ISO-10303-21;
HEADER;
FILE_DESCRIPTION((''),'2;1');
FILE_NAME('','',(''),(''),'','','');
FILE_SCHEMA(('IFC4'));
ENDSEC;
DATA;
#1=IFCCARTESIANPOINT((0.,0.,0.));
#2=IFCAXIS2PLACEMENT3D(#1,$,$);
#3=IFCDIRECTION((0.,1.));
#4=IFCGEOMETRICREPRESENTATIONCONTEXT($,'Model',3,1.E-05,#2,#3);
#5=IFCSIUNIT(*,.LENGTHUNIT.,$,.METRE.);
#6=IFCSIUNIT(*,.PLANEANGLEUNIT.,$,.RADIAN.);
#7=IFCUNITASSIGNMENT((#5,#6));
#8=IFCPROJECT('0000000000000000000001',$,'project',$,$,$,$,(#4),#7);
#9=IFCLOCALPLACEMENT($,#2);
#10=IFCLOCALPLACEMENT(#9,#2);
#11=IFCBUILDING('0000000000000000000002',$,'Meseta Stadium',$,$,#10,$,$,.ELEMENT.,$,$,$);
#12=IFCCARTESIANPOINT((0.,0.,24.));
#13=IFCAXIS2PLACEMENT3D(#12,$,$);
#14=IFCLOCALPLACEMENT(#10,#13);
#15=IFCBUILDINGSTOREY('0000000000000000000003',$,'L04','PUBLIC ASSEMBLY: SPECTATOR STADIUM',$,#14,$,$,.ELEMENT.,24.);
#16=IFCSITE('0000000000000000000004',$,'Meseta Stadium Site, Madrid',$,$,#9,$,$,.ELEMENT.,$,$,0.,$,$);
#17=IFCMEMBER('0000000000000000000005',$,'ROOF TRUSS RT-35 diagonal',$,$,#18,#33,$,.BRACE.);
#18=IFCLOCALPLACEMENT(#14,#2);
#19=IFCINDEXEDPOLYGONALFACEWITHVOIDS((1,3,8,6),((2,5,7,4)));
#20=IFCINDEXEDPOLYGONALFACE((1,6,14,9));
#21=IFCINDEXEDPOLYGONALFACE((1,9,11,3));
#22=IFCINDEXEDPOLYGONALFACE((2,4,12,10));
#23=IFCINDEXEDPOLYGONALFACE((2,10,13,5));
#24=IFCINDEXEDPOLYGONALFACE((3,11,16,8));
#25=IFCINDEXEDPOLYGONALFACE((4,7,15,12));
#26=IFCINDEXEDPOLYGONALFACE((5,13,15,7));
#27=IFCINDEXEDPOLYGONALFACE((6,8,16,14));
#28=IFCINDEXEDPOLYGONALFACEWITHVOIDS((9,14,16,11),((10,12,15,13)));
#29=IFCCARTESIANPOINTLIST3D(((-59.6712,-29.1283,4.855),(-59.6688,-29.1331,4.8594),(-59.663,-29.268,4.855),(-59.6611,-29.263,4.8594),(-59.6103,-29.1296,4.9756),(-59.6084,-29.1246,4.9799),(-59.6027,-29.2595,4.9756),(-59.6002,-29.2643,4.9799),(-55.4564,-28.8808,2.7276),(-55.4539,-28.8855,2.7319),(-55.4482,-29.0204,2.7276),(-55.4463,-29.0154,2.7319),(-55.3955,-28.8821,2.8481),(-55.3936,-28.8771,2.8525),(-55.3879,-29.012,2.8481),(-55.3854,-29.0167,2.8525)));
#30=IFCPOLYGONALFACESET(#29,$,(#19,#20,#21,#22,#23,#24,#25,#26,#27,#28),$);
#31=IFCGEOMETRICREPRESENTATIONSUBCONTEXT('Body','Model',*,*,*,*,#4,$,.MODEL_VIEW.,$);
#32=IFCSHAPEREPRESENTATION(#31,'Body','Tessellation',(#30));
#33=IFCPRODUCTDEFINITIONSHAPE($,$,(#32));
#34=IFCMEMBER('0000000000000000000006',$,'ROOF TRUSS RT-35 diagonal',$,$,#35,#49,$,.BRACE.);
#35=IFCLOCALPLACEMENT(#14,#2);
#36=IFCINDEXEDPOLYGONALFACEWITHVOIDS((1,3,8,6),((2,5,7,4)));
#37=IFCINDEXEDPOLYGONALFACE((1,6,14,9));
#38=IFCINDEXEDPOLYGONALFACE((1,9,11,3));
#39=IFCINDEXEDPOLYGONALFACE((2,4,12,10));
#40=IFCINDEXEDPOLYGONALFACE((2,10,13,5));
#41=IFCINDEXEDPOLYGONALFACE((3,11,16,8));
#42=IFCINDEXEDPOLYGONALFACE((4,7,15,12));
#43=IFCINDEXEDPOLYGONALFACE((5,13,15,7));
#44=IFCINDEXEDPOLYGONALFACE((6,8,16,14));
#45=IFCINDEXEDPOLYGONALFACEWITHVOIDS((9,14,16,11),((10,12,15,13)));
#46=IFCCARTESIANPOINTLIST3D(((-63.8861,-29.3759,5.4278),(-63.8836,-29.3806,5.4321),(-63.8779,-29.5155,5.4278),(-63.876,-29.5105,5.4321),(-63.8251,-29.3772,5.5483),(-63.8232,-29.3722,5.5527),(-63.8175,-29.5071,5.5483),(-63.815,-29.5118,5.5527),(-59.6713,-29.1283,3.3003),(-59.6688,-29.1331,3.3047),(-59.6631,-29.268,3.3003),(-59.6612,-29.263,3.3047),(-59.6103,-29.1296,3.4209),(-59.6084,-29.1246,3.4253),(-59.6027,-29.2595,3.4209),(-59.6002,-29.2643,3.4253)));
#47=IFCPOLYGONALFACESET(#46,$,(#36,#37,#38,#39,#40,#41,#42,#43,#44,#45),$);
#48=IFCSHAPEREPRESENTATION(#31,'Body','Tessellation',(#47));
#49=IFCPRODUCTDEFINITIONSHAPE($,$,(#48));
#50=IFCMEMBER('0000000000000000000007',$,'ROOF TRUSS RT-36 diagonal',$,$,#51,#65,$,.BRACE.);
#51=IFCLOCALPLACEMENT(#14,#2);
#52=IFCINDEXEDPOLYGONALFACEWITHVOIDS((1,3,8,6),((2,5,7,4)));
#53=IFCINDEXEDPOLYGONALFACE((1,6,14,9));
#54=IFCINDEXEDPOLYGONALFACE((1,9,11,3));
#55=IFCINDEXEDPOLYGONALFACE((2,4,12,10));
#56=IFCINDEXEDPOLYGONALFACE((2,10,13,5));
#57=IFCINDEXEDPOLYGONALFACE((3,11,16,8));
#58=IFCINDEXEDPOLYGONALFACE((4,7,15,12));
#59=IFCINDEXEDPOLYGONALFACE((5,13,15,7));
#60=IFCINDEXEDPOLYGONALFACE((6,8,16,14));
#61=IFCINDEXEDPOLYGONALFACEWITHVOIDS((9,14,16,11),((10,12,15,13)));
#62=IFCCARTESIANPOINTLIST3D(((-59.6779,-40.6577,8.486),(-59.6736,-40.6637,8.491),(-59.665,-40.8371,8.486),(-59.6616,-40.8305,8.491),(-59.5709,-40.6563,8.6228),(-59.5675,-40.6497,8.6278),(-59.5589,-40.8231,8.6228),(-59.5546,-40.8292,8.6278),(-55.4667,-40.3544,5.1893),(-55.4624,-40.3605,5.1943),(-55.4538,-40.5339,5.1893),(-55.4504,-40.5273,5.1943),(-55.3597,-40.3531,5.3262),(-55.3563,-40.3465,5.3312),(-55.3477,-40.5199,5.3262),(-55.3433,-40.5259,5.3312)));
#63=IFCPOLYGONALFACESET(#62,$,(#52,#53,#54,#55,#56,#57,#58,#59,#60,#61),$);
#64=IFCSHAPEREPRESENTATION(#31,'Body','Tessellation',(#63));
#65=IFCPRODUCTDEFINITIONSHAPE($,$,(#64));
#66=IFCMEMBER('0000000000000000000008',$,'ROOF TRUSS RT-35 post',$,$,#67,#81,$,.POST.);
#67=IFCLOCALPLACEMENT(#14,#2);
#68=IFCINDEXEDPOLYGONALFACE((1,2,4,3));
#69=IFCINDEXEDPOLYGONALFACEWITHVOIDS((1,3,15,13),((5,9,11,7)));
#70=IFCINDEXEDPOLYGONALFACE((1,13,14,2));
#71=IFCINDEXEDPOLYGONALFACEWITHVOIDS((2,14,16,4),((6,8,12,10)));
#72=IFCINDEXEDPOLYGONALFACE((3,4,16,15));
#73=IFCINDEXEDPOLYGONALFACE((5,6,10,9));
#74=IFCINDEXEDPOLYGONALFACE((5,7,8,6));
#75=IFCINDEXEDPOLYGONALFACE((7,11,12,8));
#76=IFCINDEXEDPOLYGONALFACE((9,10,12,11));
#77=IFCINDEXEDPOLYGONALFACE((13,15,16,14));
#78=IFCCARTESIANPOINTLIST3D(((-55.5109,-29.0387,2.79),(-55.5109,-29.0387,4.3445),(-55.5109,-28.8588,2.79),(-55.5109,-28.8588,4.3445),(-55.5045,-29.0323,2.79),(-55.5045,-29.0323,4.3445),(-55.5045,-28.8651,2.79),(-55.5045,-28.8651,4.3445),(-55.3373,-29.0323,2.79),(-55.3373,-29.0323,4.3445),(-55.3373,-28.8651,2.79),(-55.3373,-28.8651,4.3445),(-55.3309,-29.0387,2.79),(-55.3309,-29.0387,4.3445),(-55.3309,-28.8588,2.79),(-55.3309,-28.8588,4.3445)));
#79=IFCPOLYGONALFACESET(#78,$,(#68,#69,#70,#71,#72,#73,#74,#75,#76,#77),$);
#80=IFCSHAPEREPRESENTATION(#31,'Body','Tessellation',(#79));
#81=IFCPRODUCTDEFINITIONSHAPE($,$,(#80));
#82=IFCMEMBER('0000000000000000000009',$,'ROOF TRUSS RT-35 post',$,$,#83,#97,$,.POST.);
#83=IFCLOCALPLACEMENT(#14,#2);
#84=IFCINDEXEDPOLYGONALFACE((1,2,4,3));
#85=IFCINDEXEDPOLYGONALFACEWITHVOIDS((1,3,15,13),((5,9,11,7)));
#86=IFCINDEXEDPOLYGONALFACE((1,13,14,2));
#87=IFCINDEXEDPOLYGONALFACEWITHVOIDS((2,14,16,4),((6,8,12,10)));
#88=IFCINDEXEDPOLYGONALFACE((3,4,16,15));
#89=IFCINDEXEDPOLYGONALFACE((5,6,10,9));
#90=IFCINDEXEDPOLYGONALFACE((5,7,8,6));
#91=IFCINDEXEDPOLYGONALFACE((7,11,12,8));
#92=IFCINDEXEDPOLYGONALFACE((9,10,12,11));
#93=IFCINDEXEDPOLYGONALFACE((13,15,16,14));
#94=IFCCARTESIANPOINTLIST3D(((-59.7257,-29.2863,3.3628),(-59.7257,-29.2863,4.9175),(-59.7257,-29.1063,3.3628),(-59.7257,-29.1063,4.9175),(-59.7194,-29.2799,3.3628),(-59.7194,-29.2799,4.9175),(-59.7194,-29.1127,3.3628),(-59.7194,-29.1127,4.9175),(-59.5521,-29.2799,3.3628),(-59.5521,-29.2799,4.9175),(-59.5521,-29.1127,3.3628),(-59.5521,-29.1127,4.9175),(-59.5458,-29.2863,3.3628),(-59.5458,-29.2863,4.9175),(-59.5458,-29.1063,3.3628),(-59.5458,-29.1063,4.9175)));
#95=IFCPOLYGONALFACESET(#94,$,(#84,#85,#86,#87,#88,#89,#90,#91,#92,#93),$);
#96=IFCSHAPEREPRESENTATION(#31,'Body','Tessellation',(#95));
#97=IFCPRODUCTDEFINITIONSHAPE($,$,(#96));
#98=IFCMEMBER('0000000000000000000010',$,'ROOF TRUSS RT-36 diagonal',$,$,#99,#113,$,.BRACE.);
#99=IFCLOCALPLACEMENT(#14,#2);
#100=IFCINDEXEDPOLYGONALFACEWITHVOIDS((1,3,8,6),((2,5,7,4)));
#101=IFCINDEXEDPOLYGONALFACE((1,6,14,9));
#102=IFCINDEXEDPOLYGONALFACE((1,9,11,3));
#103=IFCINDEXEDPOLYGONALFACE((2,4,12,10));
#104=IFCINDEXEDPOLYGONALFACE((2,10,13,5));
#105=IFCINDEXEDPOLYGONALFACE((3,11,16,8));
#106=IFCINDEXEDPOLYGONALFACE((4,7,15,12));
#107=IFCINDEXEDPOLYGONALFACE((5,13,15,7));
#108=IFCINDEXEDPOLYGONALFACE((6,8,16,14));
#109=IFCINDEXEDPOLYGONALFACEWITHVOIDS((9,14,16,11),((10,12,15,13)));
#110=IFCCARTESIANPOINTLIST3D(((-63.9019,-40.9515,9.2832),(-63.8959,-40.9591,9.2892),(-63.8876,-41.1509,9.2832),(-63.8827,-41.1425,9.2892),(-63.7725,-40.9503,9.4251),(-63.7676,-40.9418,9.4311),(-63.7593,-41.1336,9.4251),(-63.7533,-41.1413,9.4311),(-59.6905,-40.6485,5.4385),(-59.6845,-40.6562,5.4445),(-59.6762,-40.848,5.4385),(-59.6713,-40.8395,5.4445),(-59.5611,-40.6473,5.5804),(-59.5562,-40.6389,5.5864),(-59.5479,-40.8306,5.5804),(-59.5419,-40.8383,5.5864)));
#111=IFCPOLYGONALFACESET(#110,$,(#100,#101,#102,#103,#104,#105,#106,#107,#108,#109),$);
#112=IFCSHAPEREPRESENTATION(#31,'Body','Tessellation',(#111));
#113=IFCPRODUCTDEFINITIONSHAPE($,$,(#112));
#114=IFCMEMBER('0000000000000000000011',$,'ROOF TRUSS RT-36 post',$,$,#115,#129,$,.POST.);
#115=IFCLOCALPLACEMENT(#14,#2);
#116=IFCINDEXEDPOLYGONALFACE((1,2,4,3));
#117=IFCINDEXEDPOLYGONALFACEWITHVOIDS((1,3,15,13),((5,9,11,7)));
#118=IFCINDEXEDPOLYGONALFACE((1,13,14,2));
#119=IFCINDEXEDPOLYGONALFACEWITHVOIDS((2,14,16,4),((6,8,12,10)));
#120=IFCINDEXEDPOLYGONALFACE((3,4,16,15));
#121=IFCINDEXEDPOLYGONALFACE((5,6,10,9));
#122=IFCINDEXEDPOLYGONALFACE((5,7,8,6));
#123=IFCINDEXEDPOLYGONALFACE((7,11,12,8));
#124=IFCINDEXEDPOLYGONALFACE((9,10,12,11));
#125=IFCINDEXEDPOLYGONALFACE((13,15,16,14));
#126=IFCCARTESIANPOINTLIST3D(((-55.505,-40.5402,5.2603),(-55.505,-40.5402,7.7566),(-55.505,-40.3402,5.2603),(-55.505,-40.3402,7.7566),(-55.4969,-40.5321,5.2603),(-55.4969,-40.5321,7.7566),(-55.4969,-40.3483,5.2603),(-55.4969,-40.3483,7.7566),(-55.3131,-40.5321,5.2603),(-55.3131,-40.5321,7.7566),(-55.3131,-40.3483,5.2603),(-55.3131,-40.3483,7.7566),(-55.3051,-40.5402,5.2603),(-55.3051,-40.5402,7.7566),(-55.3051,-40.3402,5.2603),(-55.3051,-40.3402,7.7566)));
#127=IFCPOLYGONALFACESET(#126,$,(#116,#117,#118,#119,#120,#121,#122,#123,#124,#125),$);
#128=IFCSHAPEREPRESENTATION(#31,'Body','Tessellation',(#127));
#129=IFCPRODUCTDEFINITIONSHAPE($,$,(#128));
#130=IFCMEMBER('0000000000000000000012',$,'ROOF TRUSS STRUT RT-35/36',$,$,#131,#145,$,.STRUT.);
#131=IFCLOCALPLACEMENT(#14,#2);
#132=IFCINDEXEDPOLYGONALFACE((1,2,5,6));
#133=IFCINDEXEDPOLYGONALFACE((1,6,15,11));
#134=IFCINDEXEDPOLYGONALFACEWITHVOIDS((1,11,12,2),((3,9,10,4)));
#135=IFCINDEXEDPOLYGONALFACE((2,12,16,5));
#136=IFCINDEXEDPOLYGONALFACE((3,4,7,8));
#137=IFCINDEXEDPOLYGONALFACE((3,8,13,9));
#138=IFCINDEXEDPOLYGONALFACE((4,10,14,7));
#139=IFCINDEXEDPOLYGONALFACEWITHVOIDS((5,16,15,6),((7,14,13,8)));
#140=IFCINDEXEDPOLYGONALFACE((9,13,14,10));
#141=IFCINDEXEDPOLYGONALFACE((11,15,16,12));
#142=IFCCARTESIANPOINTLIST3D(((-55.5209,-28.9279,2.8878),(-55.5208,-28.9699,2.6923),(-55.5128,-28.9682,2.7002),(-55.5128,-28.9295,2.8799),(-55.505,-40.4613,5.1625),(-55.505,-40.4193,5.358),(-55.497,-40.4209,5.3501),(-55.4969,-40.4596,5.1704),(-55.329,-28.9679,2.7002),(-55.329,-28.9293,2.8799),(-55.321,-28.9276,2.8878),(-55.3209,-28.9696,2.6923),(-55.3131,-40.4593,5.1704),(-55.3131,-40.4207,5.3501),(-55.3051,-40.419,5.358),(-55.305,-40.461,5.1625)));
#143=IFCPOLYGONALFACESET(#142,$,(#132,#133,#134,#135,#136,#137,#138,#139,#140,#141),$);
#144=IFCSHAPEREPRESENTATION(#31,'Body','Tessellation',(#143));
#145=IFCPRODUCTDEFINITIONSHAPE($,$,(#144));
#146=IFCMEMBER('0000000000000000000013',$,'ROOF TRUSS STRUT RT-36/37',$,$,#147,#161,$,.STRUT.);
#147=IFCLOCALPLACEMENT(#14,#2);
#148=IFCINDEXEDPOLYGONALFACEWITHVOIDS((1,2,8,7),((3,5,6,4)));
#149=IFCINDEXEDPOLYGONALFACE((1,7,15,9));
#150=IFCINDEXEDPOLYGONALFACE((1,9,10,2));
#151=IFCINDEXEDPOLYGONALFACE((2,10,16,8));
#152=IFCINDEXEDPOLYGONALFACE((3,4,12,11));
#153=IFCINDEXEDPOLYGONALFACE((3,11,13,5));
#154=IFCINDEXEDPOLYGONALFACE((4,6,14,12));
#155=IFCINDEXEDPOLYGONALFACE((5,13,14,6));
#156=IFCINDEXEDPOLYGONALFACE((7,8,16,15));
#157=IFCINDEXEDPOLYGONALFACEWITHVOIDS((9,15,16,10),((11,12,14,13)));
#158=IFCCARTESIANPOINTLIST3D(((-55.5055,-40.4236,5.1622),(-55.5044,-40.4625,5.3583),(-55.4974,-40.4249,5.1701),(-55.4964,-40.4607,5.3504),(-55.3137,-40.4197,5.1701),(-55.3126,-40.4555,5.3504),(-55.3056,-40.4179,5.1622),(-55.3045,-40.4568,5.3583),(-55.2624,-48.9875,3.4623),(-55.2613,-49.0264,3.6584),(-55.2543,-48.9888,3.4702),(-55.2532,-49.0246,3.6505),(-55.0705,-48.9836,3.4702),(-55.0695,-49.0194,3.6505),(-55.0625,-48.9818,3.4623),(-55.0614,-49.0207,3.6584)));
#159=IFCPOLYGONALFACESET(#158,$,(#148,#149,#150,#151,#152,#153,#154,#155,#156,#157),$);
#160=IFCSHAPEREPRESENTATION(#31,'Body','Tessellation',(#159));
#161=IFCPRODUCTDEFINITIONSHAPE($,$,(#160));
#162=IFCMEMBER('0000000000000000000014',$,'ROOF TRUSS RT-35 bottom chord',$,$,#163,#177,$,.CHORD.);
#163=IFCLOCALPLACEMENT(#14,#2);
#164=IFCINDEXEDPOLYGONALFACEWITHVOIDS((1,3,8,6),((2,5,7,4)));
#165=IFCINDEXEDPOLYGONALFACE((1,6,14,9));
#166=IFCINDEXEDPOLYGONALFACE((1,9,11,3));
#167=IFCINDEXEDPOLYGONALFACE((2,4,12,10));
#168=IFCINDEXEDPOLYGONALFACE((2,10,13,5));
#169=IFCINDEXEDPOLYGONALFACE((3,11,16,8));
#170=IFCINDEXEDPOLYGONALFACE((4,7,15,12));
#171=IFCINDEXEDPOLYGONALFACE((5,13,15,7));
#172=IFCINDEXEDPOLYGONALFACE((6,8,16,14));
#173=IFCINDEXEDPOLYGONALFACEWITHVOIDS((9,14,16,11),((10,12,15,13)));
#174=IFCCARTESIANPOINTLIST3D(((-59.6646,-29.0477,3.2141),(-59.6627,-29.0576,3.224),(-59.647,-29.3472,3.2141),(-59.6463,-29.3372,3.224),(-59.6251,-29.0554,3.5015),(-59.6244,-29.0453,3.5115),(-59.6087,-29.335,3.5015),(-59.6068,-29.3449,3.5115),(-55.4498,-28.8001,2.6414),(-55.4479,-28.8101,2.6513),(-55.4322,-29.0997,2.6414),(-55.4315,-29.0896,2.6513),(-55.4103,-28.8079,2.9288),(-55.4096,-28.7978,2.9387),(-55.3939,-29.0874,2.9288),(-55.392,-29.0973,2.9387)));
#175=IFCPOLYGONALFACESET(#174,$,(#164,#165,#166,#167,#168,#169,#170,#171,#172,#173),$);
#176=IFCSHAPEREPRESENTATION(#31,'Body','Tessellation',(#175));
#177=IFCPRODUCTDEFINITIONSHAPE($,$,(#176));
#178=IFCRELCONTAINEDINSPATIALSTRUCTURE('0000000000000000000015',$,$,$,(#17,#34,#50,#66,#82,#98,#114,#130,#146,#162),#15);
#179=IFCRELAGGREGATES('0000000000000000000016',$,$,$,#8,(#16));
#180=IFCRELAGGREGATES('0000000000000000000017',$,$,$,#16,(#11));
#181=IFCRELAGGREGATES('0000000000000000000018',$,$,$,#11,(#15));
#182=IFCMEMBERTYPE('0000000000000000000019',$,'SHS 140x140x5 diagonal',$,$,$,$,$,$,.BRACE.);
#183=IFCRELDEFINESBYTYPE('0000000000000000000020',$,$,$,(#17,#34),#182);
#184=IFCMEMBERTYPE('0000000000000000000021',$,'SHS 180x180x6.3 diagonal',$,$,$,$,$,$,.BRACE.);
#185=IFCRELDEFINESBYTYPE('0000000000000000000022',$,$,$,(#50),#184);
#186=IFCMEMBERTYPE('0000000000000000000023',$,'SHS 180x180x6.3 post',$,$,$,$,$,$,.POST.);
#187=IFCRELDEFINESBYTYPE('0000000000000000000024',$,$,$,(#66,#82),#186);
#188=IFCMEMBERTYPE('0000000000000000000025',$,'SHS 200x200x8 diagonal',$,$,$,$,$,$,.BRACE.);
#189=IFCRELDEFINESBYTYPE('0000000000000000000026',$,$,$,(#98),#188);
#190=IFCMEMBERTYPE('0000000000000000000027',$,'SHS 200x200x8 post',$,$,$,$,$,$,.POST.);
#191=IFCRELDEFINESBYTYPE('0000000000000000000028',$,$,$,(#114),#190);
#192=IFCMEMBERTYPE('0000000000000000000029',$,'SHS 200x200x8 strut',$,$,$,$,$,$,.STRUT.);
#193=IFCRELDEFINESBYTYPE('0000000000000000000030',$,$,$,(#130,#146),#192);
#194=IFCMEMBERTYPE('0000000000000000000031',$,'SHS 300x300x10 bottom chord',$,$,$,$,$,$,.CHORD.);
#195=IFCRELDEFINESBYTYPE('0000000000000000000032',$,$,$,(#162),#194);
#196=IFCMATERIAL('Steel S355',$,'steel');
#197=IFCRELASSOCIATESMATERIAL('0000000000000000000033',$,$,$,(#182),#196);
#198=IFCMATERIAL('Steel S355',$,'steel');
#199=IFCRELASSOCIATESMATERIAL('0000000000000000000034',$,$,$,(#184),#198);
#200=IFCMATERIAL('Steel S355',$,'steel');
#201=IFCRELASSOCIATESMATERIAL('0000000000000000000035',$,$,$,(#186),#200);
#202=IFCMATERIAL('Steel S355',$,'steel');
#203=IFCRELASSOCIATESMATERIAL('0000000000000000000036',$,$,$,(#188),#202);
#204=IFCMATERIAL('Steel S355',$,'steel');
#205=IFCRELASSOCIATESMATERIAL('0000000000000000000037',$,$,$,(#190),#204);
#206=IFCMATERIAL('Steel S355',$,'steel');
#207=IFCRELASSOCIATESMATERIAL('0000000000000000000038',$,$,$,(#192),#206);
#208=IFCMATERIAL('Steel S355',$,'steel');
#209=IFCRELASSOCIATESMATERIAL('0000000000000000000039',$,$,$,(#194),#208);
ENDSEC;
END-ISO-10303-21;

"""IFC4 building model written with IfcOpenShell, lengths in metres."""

from ifc_helpers import new_model, si_unit, direction, frame, origin, origin_2d, place, context, subcontext, project, spatial, hollow_rectangle, extrude, material, material_profile, profile_set, type_object, element, save


model = new_model("IFC4")

# Units and contexts
model_context = context("Model", 3, precision=1e-05, world=origin(), true_north=direction((0.0, 1.0)))
body_context = subcontext(model_context, "Body", "Model", "MODEL_VIEW")
ifc_project = project(units=[si_unit("LENGTHUNIT", "METRE"), si_unit("PLANEANGLEUNIT", "RADIAN")], contexts=[model_context])

# Site, building, storey
site_placement = place(None, origin())
site = spatial("IfcSite", under=ifc_project, at=site_placement, Name="Meseta Stadium Site, Madrid", CompositionType="ELEMENT", RefElevation=0.0)
building_placement = place(site_placement, origin())
building = spatial("IfcBuilding", under=site, at=building_placement, Name="Meseta Stadium", CompositionType="ELEMENT")
storey_placement = place(building_placement, frame((0.0, 0.0, 24.0)))
storey = spatial("IfcBuildingStorey", under=building, at=storey_placement, Name="L04", Description="PUBLIC ASSEMBLY: SPECTATOR STADIUM", CompositionType="ELEMENT", Elevation=24.0)

# Members
ifc_material_1 = material(Name="Steel S355", Category="steel")
ifc_material_profile_1 = material_profile(ifc_material_1, hollow_rectangle(XDim=0.1399, YDim=0.1399, WallThickness=0.0049, at=origin_2d()), Name="SHS 140x140x5")
ifc_profile_set_1 = profile_set([ifc_material_profile_1], Name="Steel S355")
member_type_1 = type_object("IfcMemberType", Name="SHS 140x140x5 diagonal", PredefinedType="BRACE", material=ifc_profile_set_1)
for number, where, z_axis, x_axis, name in (
    (1, (-55.4209, -28.9487, 2.79), (-0.8915, -0.052362, 0.449984), (0.058634, -0.99828, 0.0), "ROOF TRUSS RT-35 diagonal"),
    (2, (-59.6357, -29.1963, 3.3628), (-0.8915, -0.052362, 0.449984), (0.058634, -0.99828, 0.0), "ROOF TRUSS RT-35 diagonal"),
):
    element("IfcMember", number, at=place(storey_placement, frame(where, z_axis=z_axis, x_axis=x_axis)), inside=storey, type_object=member_type_1, Name=name, PredefinedType="BRACE", context=body_context, shape_type="SweptSolid", body=[
        extrude(hollow_rectangle(XDim=0.1399, YDim=0.1399, WallThickness=0.0049, at=origin_2d()), origin(), (0.0, 0.0, 1.0), 4.7278),
    ])
ifc_material_2 = material(Name="Steel S355", Category="steel")
ifc_material_profile_2 = material_profile(ifc_material_2, hollow_rectangle(XDim=0.1799, YDim=0.1799, WallThickness=0.0063, at=origin_2d()), Name="SHS 180x180x6.3")
ifc_profile_set_2 = profile_set([ifc_material_profile_2], Name="Steel S355")
member_type_2 = type_object("IfcMemberType", Name="SHS 180x180x6.3 diagonal", PredefinedType="BRACE", material=ifc_profile_set_2)
member_1_placement = place(storey_placement, frame((-55.405, -40.4402, 5.2603), z_axis=(-0.786159, -0.056607, 0.615427), x_axis=(0.071818, -0.997418, 0.0)))
element("IfcMember", 3, at=member_1_placement, inside=storey, type_object=member_type_2, Name="ROOF TRUSS RT-36 diagonal", PredefinedType="BRACE", context=body_context, shape_type="SweptSolid", body=[
    extrude(hollow_rectangle(XDim=0.1799, YDim=0.1799, WallThickness=0.0063, at=origin_2d()), origin(), (0.0, 0.0, 1.0), 5.3567),
])
ifc_material_3 = material(Name="Steel S355", Category="steel")
ifc_material_profile_3 = material_profile(ifc_material_3, hollow_rectangle(XDim=0.1799, YDim=0.1799, WallThickness=0.0063, at=origin_2d()), Name="SHS 180x180x6.3")
ifc_profile_set_3 = profile_set([ifc_material_profile_3], Name="Steel S355")
member_type_3 = type_object("IfcMemberType", Name="SHS 180x180x6.3 post", PredefinedType="POST", material=ifc_profile_set_3)
member_2_placement = place(storey_placement, frame((-55.4209, -28.9487, 2.79), z_axis=(0.0, 0.0, 1.0), x_axis=(1.0, 0.0, 0.0)))
element("IfcMember", 4, at=member_2_placement, inside=storey, type_object=member_type_3, Name="ROOF TRUSS RT-35 post", PredefinedType="POST", context=body_context, shape_type="SweptSolid", body=[
    extrude(hollow_rectangle(XDim=0.1799, YDim=0.1799, WallThickness=0.0063, at=origin_2d()), origin(), (0.0, 0.0, 1.0), 1.5544),
])
member_3_placement = place(storey_placement, frame((-59.6357, -29.1963, 3.3628), z_axis=(0.0, 0.0, 1.0), x_axis=(1.0, 0.0, 0.0)))
element("IfcMember", 5, at=member_3_placement, inside=storey, type_object=member_type_3, Name="ROOF TRUSS RT-35 post", PredefinedType="POST", context=body_context, shape_type="SweptSolid", body=[
    extrude(hollow_rectangle(XDim=0.1799, YDim=0.1799, WallThickness=0.0063, at=origin_2d()), origin(), (0.0, 0.0, 1.0), 1.5547),
])
ifc_material_4 = material(Name="Steel S355", Category="steel")
ifc_material_profile_4 = material_profile(ifc_material_4, hollow_rectangle(XDim=0.2, YDim=0.2, WallThickness=0.0081, at=origin_2d()), Name="SHS 200x200x8")
ifc_profile_set_4 = profile_set([ifc_material_profile_4], Name="Steel S355")
member_type_4 = type_object("IfcMemberType", Name="SHS 200x200x8 diagonal", PredefinedType="BRACE", material=ifc_profile_set_4)
member_4_placement = place(storey_placement, frame((-59.6162, -40.7434, 5.5125), z_axis=(-0.737488, -0.053056, 0.673273), x_axis=(0.071757, -0.997422, 0.0)))
element("IfcMember", 6, at=member_4_placement, inside=storey, type_object=member_type_4, Name="ROOF TRUSS RT-36 diagonal", PredefinedType="BRACE", context=body_context, shape_type="SweptSolid", body=[
    extrude(hollow_rectangle(XDim=0.2, YDim=0.2, WallThickness=0.0081, at=origin_2d()), origin(), (0.0, 0.0, 1.0), 5.7104),
])
ifc_material_5 = material(Name="Steel S355", Category="steel")
ifc_material_profile_5 = material_profile(ifc_material_5, hollow_rectangle(XDim=0.2, YDim=0.2, WallThickness=0.0081, at=origin_2d()), Name="SHS 200x200x8")
ifc_profile_set_5 = profile_set([ifc_material_profile_5], Name="Steel S355")
member_type_5 = type_object("IfcMemberType", Name="SHS 200x200x8 post", PredefinedType="POST", material=ifc_profile_set_5)
member_5_placement = place(storey_placement, frame((-55.405, -40.4402, 5.2603), z_axis=(0.0, 0.0, 1.0), x_axis=(1.0, 0.0, 0.0)))
element("IfcMember", 7, at=member_5_placement, inside=storey, type_object=member_type_5, Name="ROOF TRUSS RT-36 post", PredefinedType="POST", context=body_context, shape_type="SweptSolid", body=[
    extrude(hollow_rectangle(XDim=0.2, YDim=0.2, WallThickness=0.0081, at=origin_2d()), origin(), (0.0, 0.0, 1.0), 2.4963),
])
ifc_material_6 = material(Name="Steel S355", Category="steel")
ifc_material_profile_6 = material_profile(ifc_material_6, hollow_rectangle(XDim=0.2, YDim=0.2, WallThickness=0.0081, at=origin_2d()), Name="SHS 200x200x8")
ifc_profile_set_6 = profile_set([ifc_material_profile_6], Name="Steel S355")
member_type_6 = type_object("IfcMemberType", Name="SHS 200x200x8 strut", PredefinedType="STRUT", material=ifc_profile_set_6)
member_6_placement = place(storey_placement, frame((-55.4209, -28.9487, 2.79), z_axis=(0.00135, -0.977666, 0.21016), x_axis=(0.999999, 0.001381, 0.0)))
element("IfcMember", 8, at=member_6_placement, inside=storey, type_object=member_type_6, Name="ROOF TRUSS STRUT RT-35/36", PredefinedType="STRUT", context=body_context, shape_type="SweptSolid", body=[
    extrude(hollow_rectangle(XDim=0.2, YDim=0.2, WallThickness=0.0081, at=origin_2d()), origin(), (0.0, 0.0, 1.0), 11.7539),
])
member_7_placement = place(storey_placement, frame((-55.405, -40.4402, 5.2603), z_axis=(0.02784, -0.980482, -0.194626), x_axis=(0.999597, 0.028382, 0.0)))
element("IfcMember", 9, at=member_7_placement, inside=storey, type_object=member_type_6, Name="ROOF TRUSS STRUT RT-36/37", PredefinedType="STRUT", context=body_context, shape_type="SweptSolid", body=[
    extrude(hollow_rectangle(XDim=0.2, YDim=0.2, WallThickness=0.0081, at=origin_2d()), origin(), (0.0, 0.0, 1.0), 8.7344),
])
ifc_material_7 = material(Name="Steel S355", Category="steel")
ifc_material_profile_7 = material_profile(ifc_material_7, hollow_rectangle(XDim=0.3, YDim=0.3, WallThickness=0.01, at=origin_2d()), Name="SHS 300x300x10")
ifc_profile_set_7 = profile_set([ifc_material_profile_7], Name="Steel S355")
member_type_7 = type_object("IfcMemberType", Name="SHS 300x300x10 bottom chord", PredefinedType="CHORD", material=ifc_profile_set_7)
for number, where, z_axis, x_axis, name in (
    (10, (-55.4209, -28.9487, 2.79), (-0.989219, -0.058102, 0.134425), (0.058634, -0.99828, 0.0), "ROOF TRUSS RT-35 bottom chord"),
):
    element("IfcMember", number, at=place(storey_placement, frame(where, z_axis=z_axis, x_axis=x_axis)), inside=storey, type_object=member_type_7, Name=name, PredefinedType="CHORD", context=body_context, shape_type="SweptSolid", body=[
        extrude(hollow_rectangle(XDim=0.3, YDim=0.3, WallThickness=0.01, at=origin_2d()), origin(), (0.0, 0.0, 1.0), 4.2607),
    ])

save(model, "model.ifc")
